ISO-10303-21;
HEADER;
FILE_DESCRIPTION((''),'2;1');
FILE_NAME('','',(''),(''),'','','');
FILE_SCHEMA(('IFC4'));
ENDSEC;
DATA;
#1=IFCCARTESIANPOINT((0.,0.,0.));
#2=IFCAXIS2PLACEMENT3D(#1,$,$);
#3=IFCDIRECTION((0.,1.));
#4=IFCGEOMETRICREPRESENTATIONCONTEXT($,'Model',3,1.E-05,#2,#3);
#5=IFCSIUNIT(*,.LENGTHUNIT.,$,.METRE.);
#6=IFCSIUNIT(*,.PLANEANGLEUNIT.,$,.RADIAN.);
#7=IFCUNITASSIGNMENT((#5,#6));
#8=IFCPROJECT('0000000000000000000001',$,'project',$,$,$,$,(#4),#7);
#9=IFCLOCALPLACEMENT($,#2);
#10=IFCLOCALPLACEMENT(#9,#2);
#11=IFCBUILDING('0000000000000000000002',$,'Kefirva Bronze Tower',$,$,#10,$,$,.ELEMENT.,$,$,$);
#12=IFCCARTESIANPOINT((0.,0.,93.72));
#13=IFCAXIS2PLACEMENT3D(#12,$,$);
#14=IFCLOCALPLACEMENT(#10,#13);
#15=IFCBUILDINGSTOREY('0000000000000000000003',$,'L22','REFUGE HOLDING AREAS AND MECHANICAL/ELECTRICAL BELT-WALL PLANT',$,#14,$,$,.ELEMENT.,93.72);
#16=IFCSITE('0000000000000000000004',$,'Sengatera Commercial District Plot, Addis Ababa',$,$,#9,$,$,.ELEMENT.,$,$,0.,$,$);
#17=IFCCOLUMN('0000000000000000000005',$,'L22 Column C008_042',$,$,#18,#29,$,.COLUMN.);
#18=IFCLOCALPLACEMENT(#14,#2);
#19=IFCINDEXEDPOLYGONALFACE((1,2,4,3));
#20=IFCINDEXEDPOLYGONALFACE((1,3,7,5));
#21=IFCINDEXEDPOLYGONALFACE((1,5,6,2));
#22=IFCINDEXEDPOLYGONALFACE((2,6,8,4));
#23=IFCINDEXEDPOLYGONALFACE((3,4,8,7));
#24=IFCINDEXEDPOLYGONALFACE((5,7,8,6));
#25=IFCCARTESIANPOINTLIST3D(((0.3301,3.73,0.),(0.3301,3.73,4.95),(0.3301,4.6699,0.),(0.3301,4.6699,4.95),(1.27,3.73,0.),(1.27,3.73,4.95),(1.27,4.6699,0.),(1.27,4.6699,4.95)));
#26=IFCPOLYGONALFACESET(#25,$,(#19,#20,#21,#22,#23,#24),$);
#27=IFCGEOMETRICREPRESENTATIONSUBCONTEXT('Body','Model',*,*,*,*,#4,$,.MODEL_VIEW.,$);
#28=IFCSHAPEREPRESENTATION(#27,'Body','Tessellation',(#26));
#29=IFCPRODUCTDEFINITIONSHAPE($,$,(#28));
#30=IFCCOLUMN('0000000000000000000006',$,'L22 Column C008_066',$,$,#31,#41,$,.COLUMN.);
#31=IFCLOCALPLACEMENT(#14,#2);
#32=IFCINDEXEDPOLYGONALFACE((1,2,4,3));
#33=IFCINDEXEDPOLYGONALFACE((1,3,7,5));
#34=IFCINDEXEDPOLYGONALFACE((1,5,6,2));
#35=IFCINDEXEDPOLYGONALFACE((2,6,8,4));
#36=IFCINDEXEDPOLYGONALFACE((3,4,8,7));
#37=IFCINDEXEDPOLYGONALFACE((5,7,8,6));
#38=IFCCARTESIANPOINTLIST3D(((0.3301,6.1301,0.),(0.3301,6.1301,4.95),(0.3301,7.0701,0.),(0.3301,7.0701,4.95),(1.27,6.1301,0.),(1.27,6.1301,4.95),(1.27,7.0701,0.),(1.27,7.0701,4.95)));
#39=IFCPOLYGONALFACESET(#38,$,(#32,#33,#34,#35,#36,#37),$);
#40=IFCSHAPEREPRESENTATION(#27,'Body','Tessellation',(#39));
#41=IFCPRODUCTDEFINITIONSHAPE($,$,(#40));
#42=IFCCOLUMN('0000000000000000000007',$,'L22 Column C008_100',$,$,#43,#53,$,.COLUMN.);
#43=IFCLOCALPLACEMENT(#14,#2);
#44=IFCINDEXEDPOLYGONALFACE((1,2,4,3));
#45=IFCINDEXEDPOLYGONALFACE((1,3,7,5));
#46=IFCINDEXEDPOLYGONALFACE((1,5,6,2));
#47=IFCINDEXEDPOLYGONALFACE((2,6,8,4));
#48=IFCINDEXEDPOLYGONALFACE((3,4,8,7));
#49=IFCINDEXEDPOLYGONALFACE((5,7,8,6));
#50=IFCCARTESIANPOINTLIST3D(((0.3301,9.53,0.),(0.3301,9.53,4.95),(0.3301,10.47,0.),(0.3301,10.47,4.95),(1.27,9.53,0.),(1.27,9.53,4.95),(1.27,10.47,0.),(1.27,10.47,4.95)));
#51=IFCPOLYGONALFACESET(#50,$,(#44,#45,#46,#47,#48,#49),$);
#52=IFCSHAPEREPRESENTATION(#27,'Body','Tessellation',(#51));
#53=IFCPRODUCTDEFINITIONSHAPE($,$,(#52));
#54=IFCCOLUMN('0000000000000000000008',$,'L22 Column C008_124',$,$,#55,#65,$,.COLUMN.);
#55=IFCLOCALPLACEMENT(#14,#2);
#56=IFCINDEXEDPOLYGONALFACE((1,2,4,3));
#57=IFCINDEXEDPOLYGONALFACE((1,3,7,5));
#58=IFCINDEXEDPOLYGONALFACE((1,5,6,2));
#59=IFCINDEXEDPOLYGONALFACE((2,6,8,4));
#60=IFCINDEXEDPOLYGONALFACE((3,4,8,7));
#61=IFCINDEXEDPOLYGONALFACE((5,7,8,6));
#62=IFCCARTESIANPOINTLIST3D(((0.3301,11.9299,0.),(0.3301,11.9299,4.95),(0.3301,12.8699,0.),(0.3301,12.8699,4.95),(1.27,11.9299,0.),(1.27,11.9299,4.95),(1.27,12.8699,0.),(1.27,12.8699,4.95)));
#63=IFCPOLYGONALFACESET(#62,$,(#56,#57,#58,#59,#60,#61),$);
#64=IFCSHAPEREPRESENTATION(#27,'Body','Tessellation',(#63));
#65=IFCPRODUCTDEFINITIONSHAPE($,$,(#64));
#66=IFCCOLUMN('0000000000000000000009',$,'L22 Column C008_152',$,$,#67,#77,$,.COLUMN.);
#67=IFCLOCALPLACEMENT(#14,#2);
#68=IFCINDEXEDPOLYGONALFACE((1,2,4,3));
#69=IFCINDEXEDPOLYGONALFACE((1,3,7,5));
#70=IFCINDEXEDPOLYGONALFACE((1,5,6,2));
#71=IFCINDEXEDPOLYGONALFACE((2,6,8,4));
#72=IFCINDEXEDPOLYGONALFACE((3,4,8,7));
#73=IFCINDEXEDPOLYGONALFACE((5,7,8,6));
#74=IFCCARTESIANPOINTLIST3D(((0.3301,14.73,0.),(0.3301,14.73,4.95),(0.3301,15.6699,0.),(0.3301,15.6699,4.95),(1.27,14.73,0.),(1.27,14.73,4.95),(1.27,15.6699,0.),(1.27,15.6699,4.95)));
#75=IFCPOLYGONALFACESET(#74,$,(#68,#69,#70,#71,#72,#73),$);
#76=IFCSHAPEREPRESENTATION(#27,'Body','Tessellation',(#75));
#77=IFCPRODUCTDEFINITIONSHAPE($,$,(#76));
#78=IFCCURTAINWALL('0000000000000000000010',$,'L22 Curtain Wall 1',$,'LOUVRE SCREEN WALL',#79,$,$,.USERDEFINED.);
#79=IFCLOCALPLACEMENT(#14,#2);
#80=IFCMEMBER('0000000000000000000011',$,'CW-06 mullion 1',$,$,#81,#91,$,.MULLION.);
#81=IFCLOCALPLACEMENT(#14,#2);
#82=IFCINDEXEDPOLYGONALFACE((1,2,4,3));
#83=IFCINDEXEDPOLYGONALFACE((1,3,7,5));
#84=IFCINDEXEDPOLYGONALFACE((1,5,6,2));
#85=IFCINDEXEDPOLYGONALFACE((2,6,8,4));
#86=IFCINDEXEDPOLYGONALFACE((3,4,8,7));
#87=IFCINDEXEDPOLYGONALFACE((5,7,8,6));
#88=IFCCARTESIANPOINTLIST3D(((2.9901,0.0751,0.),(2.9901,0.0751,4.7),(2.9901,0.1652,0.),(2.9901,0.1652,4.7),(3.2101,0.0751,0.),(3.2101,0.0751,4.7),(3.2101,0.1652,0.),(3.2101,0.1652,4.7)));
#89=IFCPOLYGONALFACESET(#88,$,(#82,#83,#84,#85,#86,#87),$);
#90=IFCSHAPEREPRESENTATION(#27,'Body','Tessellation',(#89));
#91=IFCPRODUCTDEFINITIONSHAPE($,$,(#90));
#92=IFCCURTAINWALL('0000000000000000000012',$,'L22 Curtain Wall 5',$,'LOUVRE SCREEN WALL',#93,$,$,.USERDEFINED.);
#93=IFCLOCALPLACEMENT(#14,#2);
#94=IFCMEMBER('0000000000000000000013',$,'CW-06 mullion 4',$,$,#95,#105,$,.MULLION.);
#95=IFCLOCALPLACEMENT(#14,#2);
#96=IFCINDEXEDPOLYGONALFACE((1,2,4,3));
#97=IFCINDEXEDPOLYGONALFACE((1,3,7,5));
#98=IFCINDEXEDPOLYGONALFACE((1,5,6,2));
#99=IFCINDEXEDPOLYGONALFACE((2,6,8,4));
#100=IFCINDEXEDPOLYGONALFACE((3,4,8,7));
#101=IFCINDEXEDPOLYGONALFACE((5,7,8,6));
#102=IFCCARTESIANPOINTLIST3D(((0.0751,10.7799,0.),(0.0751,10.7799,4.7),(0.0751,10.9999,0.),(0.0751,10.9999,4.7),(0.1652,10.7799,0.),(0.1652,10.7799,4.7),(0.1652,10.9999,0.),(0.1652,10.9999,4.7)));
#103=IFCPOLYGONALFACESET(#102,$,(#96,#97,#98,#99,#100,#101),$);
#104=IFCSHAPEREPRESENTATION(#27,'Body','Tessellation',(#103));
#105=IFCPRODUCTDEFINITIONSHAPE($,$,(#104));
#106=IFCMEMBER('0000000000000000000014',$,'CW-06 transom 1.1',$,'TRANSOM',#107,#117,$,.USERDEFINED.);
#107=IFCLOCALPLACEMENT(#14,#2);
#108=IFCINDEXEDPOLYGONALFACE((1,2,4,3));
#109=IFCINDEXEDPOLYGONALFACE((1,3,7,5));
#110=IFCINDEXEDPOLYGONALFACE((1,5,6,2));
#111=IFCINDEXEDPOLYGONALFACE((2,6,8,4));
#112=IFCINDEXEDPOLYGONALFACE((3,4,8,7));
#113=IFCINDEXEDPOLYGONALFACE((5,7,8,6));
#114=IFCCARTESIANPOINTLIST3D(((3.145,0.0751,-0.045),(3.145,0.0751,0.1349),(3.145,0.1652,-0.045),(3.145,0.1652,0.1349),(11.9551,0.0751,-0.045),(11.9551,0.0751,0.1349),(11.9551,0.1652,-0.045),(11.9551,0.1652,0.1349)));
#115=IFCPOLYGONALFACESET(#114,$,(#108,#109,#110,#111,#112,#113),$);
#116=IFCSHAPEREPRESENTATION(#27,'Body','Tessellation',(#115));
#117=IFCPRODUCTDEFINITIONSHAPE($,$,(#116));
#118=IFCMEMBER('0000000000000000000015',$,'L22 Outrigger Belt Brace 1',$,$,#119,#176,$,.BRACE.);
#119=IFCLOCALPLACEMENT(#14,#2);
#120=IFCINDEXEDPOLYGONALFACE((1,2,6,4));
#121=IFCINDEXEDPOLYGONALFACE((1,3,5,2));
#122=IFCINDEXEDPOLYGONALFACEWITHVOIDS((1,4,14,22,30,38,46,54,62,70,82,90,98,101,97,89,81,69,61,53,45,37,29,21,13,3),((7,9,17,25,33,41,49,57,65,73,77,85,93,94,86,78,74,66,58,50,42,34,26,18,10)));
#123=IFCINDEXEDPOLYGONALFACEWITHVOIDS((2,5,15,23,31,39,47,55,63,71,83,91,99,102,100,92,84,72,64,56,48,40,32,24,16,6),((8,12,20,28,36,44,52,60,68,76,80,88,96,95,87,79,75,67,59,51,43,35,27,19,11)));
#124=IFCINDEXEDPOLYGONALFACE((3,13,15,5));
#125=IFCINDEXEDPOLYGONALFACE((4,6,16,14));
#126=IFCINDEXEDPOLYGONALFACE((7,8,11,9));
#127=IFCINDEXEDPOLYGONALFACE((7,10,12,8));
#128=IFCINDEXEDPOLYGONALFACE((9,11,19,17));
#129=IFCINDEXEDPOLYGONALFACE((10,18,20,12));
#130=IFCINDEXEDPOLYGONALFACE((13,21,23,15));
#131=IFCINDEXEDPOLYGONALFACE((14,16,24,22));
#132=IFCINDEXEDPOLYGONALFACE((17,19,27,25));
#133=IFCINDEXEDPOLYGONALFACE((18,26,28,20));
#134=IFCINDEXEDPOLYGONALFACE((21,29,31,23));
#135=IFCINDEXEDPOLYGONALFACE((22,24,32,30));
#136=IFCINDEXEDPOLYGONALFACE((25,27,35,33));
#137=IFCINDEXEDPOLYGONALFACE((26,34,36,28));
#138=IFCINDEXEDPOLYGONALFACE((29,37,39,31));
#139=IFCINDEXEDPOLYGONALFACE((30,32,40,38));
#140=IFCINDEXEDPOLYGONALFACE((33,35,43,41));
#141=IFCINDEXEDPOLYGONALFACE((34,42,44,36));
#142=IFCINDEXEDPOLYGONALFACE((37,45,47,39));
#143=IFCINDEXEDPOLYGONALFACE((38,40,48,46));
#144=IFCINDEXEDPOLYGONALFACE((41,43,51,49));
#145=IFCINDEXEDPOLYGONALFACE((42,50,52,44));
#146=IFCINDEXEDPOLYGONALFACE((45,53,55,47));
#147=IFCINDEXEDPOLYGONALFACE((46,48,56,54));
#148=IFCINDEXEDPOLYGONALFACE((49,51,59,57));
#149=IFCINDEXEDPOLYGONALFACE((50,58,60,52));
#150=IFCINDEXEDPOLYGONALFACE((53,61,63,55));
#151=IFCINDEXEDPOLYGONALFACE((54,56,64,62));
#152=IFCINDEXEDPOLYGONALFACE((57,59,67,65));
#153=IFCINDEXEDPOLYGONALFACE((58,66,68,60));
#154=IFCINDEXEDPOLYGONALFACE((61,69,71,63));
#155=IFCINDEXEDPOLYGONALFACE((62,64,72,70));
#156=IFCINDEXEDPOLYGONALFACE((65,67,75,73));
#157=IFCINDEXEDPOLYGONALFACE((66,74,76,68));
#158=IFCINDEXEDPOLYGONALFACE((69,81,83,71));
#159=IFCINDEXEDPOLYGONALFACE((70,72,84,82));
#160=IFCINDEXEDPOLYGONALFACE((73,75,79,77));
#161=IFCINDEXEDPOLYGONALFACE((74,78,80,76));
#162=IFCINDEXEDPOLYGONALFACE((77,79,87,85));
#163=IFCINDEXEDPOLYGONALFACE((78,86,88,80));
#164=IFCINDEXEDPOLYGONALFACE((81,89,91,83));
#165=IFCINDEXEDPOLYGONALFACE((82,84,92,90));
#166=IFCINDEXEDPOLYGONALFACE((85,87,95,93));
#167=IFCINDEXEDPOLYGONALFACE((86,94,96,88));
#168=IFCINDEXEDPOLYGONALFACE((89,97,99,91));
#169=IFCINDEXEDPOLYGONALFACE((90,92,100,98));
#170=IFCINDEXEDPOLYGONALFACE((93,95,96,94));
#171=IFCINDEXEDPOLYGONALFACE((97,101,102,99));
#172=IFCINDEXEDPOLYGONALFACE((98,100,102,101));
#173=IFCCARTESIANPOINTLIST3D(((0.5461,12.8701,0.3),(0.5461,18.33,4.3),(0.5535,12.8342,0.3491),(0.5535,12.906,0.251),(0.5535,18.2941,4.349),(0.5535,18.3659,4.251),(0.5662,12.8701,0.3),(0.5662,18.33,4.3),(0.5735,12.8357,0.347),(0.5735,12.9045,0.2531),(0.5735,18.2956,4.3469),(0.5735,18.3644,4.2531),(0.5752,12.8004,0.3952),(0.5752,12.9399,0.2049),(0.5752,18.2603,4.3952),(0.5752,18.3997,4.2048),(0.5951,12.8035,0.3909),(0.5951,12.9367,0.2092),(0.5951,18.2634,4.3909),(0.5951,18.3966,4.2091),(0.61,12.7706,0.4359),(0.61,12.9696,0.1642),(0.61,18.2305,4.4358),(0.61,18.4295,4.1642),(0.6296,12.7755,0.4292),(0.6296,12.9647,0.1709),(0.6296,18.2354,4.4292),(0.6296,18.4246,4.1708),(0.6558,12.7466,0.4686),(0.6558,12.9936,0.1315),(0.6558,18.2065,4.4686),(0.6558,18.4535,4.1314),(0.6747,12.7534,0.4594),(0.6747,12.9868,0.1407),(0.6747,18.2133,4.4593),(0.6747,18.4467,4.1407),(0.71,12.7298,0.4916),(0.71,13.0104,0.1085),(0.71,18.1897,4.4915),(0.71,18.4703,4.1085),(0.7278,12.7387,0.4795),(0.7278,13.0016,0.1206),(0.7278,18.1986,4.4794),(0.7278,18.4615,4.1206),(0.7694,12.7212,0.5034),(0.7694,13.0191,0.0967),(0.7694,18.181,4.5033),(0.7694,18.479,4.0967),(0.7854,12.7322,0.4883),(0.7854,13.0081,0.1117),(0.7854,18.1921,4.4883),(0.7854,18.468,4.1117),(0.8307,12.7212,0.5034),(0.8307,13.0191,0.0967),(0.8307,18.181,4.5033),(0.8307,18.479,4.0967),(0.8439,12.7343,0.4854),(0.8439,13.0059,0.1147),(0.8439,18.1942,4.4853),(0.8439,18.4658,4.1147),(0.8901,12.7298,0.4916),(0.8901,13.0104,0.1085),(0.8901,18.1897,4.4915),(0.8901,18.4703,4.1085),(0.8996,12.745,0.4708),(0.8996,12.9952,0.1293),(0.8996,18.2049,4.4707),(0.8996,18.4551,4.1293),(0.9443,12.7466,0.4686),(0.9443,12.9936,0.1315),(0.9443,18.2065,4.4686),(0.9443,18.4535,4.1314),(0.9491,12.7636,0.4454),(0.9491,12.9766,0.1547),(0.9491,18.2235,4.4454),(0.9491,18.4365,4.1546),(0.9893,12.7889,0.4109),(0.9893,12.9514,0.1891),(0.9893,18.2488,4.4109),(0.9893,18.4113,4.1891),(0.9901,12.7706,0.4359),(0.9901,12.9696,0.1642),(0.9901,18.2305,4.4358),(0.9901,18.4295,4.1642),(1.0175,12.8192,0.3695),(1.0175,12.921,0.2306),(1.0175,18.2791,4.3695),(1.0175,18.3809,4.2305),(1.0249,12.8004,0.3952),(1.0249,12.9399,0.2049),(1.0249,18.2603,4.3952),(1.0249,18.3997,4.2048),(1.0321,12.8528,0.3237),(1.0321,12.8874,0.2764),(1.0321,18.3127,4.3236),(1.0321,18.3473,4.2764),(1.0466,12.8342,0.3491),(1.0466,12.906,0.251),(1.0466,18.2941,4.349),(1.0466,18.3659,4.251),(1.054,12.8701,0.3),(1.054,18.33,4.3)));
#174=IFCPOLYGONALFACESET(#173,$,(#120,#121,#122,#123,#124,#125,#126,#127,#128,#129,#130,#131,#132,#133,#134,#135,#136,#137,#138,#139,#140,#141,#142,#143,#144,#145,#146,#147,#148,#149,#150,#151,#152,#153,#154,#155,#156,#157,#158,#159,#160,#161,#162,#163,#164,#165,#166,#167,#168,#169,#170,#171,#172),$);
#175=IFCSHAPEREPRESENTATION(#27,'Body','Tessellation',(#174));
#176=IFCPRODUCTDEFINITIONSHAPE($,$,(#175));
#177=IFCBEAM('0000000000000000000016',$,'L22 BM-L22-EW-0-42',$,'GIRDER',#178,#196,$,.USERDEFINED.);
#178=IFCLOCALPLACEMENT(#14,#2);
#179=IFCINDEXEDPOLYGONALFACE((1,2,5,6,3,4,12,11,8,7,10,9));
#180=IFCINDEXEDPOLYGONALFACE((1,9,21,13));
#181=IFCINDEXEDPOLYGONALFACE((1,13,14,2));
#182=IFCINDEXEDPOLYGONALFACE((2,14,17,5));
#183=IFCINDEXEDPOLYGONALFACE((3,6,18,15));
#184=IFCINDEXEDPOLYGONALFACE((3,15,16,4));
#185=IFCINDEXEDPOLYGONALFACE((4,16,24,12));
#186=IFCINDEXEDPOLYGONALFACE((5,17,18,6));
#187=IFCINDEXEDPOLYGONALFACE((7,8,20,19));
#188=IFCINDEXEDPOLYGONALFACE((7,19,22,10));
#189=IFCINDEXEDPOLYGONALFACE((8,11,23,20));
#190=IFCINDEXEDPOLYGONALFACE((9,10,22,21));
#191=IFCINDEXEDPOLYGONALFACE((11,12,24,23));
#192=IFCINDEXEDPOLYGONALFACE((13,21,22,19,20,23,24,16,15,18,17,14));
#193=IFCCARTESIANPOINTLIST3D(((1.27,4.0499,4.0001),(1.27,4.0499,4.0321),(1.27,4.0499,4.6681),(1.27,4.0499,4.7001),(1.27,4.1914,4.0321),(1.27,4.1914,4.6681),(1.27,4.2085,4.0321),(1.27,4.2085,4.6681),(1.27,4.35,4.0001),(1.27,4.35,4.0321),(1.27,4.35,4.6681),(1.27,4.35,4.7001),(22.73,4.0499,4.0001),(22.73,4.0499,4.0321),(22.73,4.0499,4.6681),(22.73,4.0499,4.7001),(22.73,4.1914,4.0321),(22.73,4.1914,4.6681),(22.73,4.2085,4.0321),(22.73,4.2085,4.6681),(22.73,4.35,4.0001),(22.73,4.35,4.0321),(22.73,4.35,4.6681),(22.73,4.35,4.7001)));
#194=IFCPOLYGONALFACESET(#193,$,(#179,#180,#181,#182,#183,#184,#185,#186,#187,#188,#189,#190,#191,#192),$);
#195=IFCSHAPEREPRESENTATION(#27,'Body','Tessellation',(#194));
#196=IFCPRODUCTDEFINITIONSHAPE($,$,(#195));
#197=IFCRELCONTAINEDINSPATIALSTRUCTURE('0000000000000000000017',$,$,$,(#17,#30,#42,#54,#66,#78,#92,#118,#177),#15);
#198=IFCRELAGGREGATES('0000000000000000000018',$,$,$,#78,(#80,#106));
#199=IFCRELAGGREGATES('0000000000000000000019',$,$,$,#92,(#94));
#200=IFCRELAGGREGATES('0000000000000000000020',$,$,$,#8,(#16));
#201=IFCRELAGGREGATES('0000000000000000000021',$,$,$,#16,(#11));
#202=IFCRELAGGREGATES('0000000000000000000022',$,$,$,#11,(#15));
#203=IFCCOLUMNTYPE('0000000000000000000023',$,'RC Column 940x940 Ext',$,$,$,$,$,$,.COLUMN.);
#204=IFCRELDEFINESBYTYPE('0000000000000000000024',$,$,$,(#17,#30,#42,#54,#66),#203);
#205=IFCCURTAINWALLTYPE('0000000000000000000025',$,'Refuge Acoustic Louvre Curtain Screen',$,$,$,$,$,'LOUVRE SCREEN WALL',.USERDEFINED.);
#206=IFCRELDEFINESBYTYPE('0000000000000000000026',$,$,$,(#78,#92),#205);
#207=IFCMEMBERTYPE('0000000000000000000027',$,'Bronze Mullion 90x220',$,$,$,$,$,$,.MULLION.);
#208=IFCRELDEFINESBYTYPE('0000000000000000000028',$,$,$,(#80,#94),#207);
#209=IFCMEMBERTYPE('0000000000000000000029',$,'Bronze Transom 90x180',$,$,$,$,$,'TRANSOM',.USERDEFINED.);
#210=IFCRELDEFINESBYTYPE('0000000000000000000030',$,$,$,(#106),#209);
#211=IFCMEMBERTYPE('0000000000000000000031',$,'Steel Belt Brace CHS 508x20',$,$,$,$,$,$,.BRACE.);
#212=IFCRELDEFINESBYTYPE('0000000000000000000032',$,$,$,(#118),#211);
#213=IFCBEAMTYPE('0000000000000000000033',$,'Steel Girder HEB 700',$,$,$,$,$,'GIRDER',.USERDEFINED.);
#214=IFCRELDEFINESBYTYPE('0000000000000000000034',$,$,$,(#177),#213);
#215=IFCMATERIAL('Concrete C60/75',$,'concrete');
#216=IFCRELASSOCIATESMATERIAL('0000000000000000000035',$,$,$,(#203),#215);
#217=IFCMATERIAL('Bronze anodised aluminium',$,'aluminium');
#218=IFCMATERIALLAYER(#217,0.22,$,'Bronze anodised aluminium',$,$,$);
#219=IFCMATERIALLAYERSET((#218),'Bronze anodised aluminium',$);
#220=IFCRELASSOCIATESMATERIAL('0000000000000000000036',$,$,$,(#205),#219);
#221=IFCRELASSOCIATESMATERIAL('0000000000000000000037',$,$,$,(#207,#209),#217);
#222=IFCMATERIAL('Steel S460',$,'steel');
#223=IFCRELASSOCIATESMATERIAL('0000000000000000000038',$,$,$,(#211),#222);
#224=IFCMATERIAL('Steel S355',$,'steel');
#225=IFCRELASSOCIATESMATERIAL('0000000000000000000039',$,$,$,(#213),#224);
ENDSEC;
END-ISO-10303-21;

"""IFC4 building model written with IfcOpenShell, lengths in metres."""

from ifc_helpers import new_model, si_unit, direction, frame, origin, origin_2d, place, context, subcontext, project, spatial, rectangle, hollow_circle, i_section, extrude, material, layer, layer_set, material_profile, profile_set, type_object, element, aggregate, save


model = new_model("IFC4")

# Units and contexts
model_context = context("Model", 3, precision=1e-05, world=origin(), true_north=direction((0.0, 1.0)))
body_context = subcontext(model_context, "Body", "Model", "MODEL_VIEW")
ifc_project = project(units=[si_unit("LENGTHUNIT", "METRE"), si_unit("PLANEANGLEUNIT", "RADIAN")], contexts=[model_context])

# Site, building, storey
site_placement = place(None, origin())
site = spatial("IfcSite", under=ifc_project, at=site_placement, Name="Sengatera Commercial District Plot, Addis Ababa", CompositionType="ELEMENT", RefElevation=0.0)
building_placement = place(site_placement, origin())
building = spatial("IfcBuilding", under=site, at=building_placement, Name="Kefirva Bronze Tower", CompositionType="ELEMENT")
storey_placement = place(building_placement, frame((0.0, 0.0, 93.72)))
storey = spatial("IfcBuildingStorey", under=building, at=storey_placement, Name="L22", Description="REFUGE HOLDING AREAS AND MECHANICAL/ELECTRICAL BELT-WALL PLANT", CompositionType="ELEMENT", Elevation=93.72)

# Columns
ifc_material_1 = material(Name="Concrete C60/75", Category="concrete")
ifc_material_profile_1 = material_profile(ifc_material_1, rectangle(XDim=0.9399, YDim=0.9399, at=origin_2d()), Name="RC 940x940")
ifc_profile_set_1 = profile_set([ifc_material_profile_1], Name="Concrete C60/75")
column_type = type_object("IfcColumnType", Name="RC Column 940x940 Ext", PredefinedType="COLUMN", material=ifc_profile_set_1)
for number, where, z_axis, x_axis, name in (
    (1, (0.8, 4.2, 0.0), (0.0, 0.0, 1.0), (1.0, 0.0, 0.0), "L22 Column C008_042"),
    (2, (0.8, 6.6001, 0.0), (0.0, 0.0, 1.0), (1.0, 0.0, 0.0), "L22 Column C008_066"),
    (3, (0.8, 10.0, 0.0), (0.0, 0.0, 1.0), (1.0, 0.0, 0.0), "L22 Column C008_100"),
    (4, (0.8, 12.3999, 0.0), (0.0, 0.0, 1.0), (1.0, 0.0, 0.0), "L22 Column C008_124"),
    (5, (0.8, 15.2, 0.0), (0.0, 0.0, 1.0), (1.0, 0.0, 0.0), "L22 Column C008_152"),
):
    element("IfcColumn", number, at=place(storey_placement, frame(where, z_axis=z_axis, x_axis=x_axis)), inside=storey, type_object=column_type, Name=name, PredefinedType="COLUMN", context=body_context, shape_type="SweptSolid", body=[
        extrude(rectangle(XDim=0.9399, YDim=0.9399, at=origin_2d()), origin(), (0.0, 0.0, 1.0), 4.95),
    ])

# Curtain walls, members
ifc_material_2 = material(Name="Bronze anodised aluminium", Category="aluminium")
ifc_layer_1 = layer(ifc_material_2, 0.22, Name="Bronze anodised aluminium")
ifc_layer_set_1 = layer_set([ifc_layer_1], Name="Bronze anodised aluminium")
curtain_wall_type = type_object("IfcCurtainWallType", Name="Refuge Acoustic Louvre Curtain Screen", ElementType="LOUVRE SCREEN WALL", PredefinedType="USERDEFINED", material=ifc_layer_set_1)
curtain_wall_1_placement = place(storey_placement, origin())
curtain_wall_1 = element("IfcCurtainWall", 6, at=curtain_wall_1_placement, inside=storey, type_object=curtain_wall_type, Name="L22 Curtain Wall 1", ObjectType="LOUVRE SCREEN WALL", PredefinedType="USERDEFINED")
ifc_material_profile_2 = material_profile(ifc_material_2, rectangle(XDim=0.0901, YDim=0.22, at=origin_2d()), Name="ALU 90x220")
ifc_profile_set_2 = profile_set([ifc_material_profile_2], Name="Bronze anodised aluminium")
member_type_1 = type_object("IfcMemberType", Name="Bronze Mullion 90x220", PredefinedType="MULLION", material=ifc_profile_set_2)
member_1_placement = place(storey_placement, frame((3.1001, 0.1201, 0.0), z_axis=(0.0, 0.0, 1.0), x_axis=(0.0, 1.0, 0.0)))
member_1 = element("IfcMember", 7, at=member_1_placement, type_object=member_type_1, Name="CW-06 mullion 1", PredefinedType="MULLION", context=body_context, shape_type="SweptSolid", body=[
    extrude(rectangle(XDim=0.0901, YDim=0.22, at=origin_2d()), origin(), (0.0, 0.0, 1.0), 4.7),
])
curtain_wall_2_placement = place(storey_placement, origin())
curtain_wall_2 = element("IfcCurtainWall", 8, at=curtain_wall_2_placement, inside=storey, type_object=curtain_wall_type, Name="L22 Curtain Wall 5", ObjectType="LOUVRE SCREEN WALL", PredefinedType="USERDEFINED")
member_2_placement = place(storey_placement, frame((0.1201, 10.8899, 0.0), z_axis=(0.0, 0.0, 1.0), x_axis=(1.0, 0.0, 0.0)))
member_2 = element("IfcMember", 9, at=member_2_placement, type_object=member_type_1, Name="CW-06 mullion 4", PredefinedType="MULLION", context=body_context, shape_type="SweptSolid", body=[
    extrude(rectangle(XDim=0.0901, YDim=0.22, at=origin_2d()), origin(), (0.0, 0.0, 1.0), 4.7),
])

# Members
ifc_material_profile_3 = material_profile(ifc_material_2, rectangle(XDim=0.0901, YDim=0.1799, at=origin_2d()), Name="ALU 90x180")
ifc_profile_set_3 = profile_set([ifc_material_profile_3], Name="Bronze anodised aluminium")
member_type_2 = type_object("IfcMemberType", Name="Bronze Transom 90x180", ElementType="TRANSOM", PredefinedType="USERDEFINED", material=ifc_profile_set_3)
member_3_placement = place(storey_placement, frame((3.145, 0.1201, 0.0449), z_axis=(1.0, 0.0, 0.0), x_axis=(0.0, 1.0, 0.0)))
member_3 = element("IfcMember", 10, at=member_3_placement, type_object=member_type_2, Name="CW-06 transom 1.1", ObjectType="TRANSOM", PredefinedType="USERDEFINED", context=body_context, shape_type="SweptSolid", body=[
    extrude(rectangle(XDim=0.0901, YDim=0.1799, at=origin_2d()), origin(), (0.0, 0.0, 1.0), 8.8101),
])
aggregate(curtain_wall_1, [member_1, member_3])
ifc_material_3 = material(Name="Steel S460", Category="steel")
ifc_material_profile_4 = material_profile(ifc_material_3, hollow_circle(Radius=0.2539, WallThickness=0.02, at=origin_2d()), Name="CHS 508x20")
ifc_profile_set_4 = profile_set([ifc_material_profile_4], Name="Steel S460")
member_type_3 = type_object("IfcMemberType", Name="Steel Belt Brace CHS 508x20", PredefinedType="BRACE", material=ifc_profile_set_4)
member_4_placement = place(storey_placement, frame((0.8, 12.8701, 0.3), z_axis=(0.0, 0.806685, 0.590982), x_axis=(-1.0, 0.0, 0.0)))
element("IfcMember", 11, at=member_4_placement, inside=storey, type_object=member_type_3, Name="L22 Outrigger Belt Brace 1", PredefinedType="BRACE", context=body_context, shape_type="SweptSolid", body=[
    extrude(hollow_circle(Radius=0.2539, WallThickness=0.02, at=origin_2d()), origin(), (0.0, 0.0, 1.0), 6.7683),
])

# Beam
ifc_material_4 = material(Name="Steel S355", Category="steel")
ifc_material_profile_5 = material_profile(ifc_material_4, i_section(OverallWidth=0.3, OverallDepth=0.7, WebThickness=0.0171, FlangeThickness=0.032, at=origin_2d()), Name="HEB 700")
ifc_profile_set_5 = profile_set([ifc_material_profile_5], Name="Steel S355")
beam_type_1 = type_object("IfcBeamType", Name="Steel Girder HEB 700", ElementType="GIRDER", PredefinedType="USERDEFINED", material=ifc_profile_set_5)
beam_1_placement = place(storey_placement, frame((1.27, 4.2, 4.3501), z_axis=(1.0, 0.0, 0.0), x_axis=(0.0, 1.0, 0.0)))
element("IfcBeam", 12, at=beam_1_placement, inside=storey, type_object=beam_type_1, Name="L22 BM-L22-EW-0-42", ObjectType="GIRDER", PredefinedType="USERDEFINED", context=body_context, shape_type="SweptSolid", body=[
    extrude(i_section(OverallWidth=0.3, OverallDepth=0.7, WebThickness=0.0171, FlangeThickness=0.032, at=origin_2d()), origin(), (0.0, 0.0, 1.0), 21.46),
])

aggregate(curtain_wall_2, [member_2])

save(model, "model.ifc")
